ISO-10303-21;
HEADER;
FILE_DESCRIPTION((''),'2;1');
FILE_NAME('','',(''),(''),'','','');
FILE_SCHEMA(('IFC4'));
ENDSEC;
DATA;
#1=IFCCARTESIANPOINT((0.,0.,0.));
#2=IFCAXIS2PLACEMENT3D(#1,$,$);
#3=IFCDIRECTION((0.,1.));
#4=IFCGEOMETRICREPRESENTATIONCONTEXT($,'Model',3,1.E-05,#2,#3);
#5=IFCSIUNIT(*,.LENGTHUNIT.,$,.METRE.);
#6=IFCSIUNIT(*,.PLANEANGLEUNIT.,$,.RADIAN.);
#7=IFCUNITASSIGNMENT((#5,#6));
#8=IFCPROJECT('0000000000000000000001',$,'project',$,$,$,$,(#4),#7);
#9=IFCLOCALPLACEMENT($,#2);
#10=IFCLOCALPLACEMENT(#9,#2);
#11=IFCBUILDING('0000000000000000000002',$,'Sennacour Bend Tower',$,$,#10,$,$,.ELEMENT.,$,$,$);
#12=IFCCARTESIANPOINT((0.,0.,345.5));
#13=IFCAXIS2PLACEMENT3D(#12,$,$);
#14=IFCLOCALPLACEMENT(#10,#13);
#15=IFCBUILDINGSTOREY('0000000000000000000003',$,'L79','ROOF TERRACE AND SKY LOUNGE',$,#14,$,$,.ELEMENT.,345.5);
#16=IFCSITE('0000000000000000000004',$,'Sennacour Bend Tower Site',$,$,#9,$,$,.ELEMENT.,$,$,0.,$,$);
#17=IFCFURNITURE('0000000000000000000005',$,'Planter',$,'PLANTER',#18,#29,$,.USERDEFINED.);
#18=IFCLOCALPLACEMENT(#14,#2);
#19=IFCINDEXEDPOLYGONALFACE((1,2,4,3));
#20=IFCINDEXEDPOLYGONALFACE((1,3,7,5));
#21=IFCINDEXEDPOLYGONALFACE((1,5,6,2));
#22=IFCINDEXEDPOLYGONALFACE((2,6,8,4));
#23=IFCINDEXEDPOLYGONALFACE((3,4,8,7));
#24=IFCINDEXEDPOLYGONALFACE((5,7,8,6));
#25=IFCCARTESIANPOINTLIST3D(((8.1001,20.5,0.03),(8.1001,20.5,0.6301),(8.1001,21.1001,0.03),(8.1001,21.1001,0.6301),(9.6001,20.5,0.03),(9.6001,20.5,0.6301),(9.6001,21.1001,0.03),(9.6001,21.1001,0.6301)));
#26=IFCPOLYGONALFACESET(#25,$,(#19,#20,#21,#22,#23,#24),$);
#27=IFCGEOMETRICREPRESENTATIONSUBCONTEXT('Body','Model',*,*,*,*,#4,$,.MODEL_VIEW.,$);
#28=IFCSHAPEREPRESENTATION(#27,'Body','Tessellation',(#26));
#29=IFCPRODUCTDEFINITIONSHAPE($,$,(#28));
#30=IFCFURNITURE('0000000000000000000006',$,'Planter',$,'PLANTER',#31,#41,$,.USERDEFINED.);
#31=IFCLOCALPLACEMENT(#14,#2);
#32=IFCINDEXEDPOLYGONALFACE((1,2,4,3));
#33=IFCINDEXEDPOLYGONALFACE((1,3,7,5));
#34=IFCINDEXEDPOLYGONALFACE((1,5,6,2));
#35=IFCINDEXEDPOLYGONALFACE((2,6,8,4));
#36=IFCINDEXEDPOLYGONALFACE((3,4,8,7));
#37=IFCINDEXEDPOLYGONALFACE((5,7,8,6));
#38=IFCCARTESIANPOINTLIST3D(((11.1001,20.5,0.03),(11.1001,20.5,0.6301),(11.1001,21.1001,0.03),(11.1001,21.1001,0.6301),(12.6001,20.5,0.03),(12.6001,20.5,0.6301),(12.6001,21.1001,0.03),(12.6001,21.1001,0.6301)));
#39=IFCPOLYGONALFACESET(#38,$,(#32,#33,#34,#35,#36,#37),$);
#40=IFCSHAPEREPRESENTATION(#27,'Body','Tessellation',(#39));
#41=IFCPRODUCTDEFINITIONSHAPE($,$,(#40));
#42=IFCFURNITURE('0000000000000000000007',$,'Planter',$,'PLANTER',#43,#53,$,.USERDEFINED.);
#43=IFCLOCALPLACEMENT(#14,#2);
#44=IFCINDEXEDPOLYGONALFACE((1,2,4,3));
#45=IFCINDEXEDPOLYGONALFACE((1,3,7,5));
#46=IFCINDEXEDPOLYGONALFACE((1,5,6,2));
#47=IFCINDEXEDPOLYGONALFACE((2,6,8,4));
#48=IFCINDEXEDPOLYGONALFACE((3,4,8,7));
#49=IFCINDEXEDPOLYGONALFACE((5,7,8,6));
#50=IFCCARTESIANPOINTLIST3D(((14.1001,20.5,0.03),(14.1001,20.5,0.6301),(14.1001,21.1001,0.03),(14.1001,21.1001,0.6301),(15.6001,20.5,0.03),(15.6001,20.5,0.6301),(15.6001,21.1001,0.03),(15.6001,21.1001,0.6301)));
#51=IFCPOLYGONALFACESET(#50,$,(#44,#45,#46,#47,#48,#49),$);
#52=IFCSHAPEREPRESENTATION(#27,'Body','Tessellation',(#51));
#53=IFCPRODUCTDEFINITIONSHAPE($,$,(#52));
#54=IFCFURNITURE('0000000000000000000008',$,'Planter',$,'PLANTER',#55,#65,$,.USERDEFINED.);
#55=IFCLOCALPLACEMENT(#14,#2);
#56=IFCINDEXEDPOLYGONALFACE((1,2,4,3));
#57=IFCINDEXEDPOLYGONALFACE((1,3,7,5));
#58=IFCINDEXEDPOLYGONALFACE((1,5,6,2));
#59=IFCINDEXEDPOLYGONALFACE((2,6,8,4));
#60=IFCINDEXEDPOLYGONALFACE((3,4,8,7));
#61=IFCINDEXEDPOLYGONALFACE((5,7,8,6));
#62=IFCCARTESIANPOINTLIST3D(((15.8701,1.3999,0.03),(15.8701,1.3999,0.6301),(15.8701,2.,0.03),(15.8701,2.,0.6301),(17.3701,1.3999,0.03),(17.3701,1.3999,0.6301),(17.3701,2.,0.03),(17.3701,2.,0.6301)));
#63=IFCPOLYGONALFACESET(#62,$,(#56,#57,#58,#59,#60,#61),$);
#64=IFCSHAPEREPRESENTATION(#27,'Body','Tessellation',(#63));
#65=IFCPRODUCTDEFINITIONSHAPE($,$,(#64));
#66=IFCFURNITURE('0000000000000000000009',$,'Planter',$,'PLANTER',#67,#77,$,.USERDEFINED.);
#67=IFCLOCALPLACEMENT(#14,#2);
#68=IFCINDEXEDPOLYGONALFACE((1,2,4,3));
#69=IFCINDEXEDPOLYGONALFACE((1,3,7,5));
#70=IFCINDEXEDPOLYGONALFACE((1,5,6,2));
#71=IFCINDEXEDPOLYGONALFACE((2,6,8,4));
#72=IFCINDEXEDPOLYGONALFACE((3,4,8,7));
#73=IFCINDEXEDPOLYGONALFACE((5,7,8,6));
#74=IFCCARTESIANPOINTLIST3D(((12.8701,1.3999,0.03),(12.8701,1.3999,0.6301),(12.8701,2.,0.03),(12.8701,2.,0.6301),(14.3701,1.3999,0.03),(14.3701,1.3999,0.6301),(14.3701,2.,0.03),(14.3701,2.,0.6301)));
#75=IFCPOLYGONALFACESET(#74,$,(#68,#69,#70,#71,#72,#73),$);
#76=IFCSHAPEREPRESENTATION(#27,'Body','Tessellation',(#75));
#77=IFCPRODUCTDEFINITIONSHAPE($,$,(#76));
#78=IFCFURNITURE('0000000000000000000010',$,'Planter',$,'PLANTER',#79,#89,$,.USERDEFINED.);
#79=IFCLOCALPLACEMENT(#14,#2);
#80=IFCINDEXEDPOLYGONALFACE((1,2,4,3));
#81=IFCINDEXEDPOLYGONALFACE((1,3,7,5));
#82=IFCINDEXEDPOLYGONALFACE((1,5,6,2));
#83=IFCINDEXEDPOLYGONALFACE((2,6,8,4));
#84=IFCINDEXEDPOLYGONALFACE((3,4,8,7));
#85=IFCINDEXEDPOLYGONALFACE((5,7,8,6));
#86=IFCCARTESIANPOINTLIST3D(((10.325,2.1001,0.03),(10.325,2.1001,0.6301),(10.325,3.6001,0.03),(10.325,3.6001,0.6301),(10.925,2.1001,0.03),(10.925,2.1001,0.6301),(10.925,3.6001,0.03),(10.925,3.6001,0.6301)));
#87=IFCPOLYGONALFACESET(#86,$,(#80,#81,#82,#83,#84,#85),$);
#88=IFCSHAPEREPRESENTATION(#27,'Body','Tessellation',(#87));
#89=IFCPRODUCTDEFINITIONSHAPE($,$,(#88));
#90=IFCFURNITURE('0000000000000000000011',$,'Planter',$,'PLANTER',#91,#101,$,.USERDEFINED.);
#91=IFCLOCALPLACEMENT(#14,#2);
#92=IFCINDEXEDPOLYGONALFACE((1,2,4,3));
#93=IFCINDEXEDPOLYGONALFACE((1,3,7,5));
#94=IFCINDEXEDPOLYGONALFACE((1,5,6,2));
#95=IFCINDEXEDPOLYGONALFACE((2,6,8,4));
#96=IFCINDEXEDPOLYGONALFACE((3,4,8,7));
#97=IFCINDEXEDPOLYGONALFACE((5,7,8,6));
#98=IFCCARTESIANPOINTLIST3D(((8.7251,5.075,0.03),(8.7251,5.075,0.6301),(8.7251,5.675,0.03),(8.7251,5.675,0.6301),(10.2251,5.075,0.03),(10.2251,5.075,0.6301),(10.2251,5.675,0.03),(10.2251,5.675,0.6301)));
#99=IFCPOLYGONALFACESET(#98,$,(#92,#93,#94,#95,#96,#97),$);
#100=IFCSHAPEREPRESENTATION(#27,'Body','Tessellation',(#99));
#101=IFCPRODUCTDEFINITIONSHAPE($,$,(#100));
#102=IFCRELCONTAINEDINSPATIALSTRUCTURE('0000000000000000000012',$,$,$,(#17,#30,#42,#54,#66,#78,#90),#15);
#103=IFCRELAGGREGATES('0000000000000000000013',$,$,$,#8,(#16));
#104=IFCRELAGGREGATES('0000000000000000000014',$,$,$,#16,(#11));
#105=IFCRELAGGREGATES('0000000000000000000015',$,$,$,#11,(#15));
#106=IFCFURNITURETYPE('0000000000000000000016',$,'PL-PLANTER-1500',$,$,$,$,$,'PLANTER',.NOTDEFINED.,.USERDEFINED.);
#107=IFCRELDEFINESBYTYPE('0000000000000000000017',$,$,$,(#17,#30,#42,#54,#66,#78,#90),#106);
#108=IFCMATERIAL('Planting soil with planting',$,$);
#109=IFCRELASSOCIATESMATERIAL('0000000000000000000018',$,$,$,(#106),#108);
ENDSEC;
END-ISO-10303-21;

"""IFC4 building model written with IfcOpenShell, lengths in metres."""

from ifc_helpers import new_model, si_unit, direction, frame, origin, origin_2d, place, context, subcontext, project, spatial, rectangle, extrude, material, type_object, element, save


model = new_model("IFC4")

# Units and contexts
model_context = context("Model", 3, precision=1e-05, world=origin(), true_north=direction((0.0, 1.0)))
body_context = subcontext(model_context, "Body", "Model", "MODEL_VIEW")
ifc_project = project(units=[si_unit("LENGTHUNIT", "METRE"), si_unit("PLANEANGLEUNIT", "RADIAN")], contexts=[model_context])

# Site, building, storey
site_placement = place(None, origin())
site = spatial("IfcSite", under=ifc_project, at=site_placement, Name="Sennacour Bend Tower Site", CompositionType="ELEMENT", RefElevation=0.0)
building_placement = place(site_placement, origin())
building = spatial("IfcBuilding", under=site, at=building_placement, Name="Sennacour Bend Tower", CompositionType="ELEMENT")
storey_placement = place(building_placement, frame((0.0, 0.0, 345.5)))
storey = spatial("IfcBuildingStorey", under=building, at=storey_placement, Name="L79", Description="ROOF TERRACE AND SKY LOUNGE", CompositionType="ELEMENT", Elevation=345.5)

# Furniture
ifc_material_1 = material(Name="Planting soil with planting")
furniture_type = type_object("IfcFurnitureType", Name="PL-PLANTER-1500", ElementType="PLANTER", AssemblyPlace="NOTDEFINED", PredefinedType="USERDEFINED", material=ifc_material_1)
for number, where, z_axis, x_axis, name in (
    (1, (8.8501, 20.8, 0.03), (0.0, 0.0, 1.0), (1.0, 0.0, 0.0), "Planter"),
    (2, (11.8501, 20.8, 0.03), (0.0, 0.0, 1.0), (1.0, 0.0, 0.0), "Planter"),
    (3, (14.8501, 20.8, 0.03), (0.0, 0.0, 1.0), (1.0, 0.0, 0.0), "Planter"),
    (4, (16.6201, 1.7, 0.03), (0.0, 0.0, 1.0), (-1.0, 0.0, 0.0), "Planter"),
    (5, (13.6201, 1.7, 0.03), (0.0, 0.0, 1.0), (-1.0, 0.0, 0.0), "Planter"),
    (6, (10.625, 2.8501, 0.03), (0.0, 0.0, 1.0), (0.0, 1.0, 0.0), "Planter"),
    (7, (9.4751, 5.375, 0.03), (0.0, 0.0, 1.0), (-1.0, 0.0, 0.0), "Planter"),
):
    element("IfcFurniture", number, at=place(storey_placement, frame(where, z_axis=z_axis, x_axis=x_axis)), inside=storey, type_object=furniture_type, Name=name, ObjectType="PLANTER", PredefinedType="USERDEFINED", context=body_context, shape_type="SweptSolid", body=[
        extrude(rectangle(XDim=1.5, YDim=0.6001, at=origin_2d()), origin(), (0.0, 0.0, 1.0), 0.6001),
    ])

save(model, "model.ifc")
